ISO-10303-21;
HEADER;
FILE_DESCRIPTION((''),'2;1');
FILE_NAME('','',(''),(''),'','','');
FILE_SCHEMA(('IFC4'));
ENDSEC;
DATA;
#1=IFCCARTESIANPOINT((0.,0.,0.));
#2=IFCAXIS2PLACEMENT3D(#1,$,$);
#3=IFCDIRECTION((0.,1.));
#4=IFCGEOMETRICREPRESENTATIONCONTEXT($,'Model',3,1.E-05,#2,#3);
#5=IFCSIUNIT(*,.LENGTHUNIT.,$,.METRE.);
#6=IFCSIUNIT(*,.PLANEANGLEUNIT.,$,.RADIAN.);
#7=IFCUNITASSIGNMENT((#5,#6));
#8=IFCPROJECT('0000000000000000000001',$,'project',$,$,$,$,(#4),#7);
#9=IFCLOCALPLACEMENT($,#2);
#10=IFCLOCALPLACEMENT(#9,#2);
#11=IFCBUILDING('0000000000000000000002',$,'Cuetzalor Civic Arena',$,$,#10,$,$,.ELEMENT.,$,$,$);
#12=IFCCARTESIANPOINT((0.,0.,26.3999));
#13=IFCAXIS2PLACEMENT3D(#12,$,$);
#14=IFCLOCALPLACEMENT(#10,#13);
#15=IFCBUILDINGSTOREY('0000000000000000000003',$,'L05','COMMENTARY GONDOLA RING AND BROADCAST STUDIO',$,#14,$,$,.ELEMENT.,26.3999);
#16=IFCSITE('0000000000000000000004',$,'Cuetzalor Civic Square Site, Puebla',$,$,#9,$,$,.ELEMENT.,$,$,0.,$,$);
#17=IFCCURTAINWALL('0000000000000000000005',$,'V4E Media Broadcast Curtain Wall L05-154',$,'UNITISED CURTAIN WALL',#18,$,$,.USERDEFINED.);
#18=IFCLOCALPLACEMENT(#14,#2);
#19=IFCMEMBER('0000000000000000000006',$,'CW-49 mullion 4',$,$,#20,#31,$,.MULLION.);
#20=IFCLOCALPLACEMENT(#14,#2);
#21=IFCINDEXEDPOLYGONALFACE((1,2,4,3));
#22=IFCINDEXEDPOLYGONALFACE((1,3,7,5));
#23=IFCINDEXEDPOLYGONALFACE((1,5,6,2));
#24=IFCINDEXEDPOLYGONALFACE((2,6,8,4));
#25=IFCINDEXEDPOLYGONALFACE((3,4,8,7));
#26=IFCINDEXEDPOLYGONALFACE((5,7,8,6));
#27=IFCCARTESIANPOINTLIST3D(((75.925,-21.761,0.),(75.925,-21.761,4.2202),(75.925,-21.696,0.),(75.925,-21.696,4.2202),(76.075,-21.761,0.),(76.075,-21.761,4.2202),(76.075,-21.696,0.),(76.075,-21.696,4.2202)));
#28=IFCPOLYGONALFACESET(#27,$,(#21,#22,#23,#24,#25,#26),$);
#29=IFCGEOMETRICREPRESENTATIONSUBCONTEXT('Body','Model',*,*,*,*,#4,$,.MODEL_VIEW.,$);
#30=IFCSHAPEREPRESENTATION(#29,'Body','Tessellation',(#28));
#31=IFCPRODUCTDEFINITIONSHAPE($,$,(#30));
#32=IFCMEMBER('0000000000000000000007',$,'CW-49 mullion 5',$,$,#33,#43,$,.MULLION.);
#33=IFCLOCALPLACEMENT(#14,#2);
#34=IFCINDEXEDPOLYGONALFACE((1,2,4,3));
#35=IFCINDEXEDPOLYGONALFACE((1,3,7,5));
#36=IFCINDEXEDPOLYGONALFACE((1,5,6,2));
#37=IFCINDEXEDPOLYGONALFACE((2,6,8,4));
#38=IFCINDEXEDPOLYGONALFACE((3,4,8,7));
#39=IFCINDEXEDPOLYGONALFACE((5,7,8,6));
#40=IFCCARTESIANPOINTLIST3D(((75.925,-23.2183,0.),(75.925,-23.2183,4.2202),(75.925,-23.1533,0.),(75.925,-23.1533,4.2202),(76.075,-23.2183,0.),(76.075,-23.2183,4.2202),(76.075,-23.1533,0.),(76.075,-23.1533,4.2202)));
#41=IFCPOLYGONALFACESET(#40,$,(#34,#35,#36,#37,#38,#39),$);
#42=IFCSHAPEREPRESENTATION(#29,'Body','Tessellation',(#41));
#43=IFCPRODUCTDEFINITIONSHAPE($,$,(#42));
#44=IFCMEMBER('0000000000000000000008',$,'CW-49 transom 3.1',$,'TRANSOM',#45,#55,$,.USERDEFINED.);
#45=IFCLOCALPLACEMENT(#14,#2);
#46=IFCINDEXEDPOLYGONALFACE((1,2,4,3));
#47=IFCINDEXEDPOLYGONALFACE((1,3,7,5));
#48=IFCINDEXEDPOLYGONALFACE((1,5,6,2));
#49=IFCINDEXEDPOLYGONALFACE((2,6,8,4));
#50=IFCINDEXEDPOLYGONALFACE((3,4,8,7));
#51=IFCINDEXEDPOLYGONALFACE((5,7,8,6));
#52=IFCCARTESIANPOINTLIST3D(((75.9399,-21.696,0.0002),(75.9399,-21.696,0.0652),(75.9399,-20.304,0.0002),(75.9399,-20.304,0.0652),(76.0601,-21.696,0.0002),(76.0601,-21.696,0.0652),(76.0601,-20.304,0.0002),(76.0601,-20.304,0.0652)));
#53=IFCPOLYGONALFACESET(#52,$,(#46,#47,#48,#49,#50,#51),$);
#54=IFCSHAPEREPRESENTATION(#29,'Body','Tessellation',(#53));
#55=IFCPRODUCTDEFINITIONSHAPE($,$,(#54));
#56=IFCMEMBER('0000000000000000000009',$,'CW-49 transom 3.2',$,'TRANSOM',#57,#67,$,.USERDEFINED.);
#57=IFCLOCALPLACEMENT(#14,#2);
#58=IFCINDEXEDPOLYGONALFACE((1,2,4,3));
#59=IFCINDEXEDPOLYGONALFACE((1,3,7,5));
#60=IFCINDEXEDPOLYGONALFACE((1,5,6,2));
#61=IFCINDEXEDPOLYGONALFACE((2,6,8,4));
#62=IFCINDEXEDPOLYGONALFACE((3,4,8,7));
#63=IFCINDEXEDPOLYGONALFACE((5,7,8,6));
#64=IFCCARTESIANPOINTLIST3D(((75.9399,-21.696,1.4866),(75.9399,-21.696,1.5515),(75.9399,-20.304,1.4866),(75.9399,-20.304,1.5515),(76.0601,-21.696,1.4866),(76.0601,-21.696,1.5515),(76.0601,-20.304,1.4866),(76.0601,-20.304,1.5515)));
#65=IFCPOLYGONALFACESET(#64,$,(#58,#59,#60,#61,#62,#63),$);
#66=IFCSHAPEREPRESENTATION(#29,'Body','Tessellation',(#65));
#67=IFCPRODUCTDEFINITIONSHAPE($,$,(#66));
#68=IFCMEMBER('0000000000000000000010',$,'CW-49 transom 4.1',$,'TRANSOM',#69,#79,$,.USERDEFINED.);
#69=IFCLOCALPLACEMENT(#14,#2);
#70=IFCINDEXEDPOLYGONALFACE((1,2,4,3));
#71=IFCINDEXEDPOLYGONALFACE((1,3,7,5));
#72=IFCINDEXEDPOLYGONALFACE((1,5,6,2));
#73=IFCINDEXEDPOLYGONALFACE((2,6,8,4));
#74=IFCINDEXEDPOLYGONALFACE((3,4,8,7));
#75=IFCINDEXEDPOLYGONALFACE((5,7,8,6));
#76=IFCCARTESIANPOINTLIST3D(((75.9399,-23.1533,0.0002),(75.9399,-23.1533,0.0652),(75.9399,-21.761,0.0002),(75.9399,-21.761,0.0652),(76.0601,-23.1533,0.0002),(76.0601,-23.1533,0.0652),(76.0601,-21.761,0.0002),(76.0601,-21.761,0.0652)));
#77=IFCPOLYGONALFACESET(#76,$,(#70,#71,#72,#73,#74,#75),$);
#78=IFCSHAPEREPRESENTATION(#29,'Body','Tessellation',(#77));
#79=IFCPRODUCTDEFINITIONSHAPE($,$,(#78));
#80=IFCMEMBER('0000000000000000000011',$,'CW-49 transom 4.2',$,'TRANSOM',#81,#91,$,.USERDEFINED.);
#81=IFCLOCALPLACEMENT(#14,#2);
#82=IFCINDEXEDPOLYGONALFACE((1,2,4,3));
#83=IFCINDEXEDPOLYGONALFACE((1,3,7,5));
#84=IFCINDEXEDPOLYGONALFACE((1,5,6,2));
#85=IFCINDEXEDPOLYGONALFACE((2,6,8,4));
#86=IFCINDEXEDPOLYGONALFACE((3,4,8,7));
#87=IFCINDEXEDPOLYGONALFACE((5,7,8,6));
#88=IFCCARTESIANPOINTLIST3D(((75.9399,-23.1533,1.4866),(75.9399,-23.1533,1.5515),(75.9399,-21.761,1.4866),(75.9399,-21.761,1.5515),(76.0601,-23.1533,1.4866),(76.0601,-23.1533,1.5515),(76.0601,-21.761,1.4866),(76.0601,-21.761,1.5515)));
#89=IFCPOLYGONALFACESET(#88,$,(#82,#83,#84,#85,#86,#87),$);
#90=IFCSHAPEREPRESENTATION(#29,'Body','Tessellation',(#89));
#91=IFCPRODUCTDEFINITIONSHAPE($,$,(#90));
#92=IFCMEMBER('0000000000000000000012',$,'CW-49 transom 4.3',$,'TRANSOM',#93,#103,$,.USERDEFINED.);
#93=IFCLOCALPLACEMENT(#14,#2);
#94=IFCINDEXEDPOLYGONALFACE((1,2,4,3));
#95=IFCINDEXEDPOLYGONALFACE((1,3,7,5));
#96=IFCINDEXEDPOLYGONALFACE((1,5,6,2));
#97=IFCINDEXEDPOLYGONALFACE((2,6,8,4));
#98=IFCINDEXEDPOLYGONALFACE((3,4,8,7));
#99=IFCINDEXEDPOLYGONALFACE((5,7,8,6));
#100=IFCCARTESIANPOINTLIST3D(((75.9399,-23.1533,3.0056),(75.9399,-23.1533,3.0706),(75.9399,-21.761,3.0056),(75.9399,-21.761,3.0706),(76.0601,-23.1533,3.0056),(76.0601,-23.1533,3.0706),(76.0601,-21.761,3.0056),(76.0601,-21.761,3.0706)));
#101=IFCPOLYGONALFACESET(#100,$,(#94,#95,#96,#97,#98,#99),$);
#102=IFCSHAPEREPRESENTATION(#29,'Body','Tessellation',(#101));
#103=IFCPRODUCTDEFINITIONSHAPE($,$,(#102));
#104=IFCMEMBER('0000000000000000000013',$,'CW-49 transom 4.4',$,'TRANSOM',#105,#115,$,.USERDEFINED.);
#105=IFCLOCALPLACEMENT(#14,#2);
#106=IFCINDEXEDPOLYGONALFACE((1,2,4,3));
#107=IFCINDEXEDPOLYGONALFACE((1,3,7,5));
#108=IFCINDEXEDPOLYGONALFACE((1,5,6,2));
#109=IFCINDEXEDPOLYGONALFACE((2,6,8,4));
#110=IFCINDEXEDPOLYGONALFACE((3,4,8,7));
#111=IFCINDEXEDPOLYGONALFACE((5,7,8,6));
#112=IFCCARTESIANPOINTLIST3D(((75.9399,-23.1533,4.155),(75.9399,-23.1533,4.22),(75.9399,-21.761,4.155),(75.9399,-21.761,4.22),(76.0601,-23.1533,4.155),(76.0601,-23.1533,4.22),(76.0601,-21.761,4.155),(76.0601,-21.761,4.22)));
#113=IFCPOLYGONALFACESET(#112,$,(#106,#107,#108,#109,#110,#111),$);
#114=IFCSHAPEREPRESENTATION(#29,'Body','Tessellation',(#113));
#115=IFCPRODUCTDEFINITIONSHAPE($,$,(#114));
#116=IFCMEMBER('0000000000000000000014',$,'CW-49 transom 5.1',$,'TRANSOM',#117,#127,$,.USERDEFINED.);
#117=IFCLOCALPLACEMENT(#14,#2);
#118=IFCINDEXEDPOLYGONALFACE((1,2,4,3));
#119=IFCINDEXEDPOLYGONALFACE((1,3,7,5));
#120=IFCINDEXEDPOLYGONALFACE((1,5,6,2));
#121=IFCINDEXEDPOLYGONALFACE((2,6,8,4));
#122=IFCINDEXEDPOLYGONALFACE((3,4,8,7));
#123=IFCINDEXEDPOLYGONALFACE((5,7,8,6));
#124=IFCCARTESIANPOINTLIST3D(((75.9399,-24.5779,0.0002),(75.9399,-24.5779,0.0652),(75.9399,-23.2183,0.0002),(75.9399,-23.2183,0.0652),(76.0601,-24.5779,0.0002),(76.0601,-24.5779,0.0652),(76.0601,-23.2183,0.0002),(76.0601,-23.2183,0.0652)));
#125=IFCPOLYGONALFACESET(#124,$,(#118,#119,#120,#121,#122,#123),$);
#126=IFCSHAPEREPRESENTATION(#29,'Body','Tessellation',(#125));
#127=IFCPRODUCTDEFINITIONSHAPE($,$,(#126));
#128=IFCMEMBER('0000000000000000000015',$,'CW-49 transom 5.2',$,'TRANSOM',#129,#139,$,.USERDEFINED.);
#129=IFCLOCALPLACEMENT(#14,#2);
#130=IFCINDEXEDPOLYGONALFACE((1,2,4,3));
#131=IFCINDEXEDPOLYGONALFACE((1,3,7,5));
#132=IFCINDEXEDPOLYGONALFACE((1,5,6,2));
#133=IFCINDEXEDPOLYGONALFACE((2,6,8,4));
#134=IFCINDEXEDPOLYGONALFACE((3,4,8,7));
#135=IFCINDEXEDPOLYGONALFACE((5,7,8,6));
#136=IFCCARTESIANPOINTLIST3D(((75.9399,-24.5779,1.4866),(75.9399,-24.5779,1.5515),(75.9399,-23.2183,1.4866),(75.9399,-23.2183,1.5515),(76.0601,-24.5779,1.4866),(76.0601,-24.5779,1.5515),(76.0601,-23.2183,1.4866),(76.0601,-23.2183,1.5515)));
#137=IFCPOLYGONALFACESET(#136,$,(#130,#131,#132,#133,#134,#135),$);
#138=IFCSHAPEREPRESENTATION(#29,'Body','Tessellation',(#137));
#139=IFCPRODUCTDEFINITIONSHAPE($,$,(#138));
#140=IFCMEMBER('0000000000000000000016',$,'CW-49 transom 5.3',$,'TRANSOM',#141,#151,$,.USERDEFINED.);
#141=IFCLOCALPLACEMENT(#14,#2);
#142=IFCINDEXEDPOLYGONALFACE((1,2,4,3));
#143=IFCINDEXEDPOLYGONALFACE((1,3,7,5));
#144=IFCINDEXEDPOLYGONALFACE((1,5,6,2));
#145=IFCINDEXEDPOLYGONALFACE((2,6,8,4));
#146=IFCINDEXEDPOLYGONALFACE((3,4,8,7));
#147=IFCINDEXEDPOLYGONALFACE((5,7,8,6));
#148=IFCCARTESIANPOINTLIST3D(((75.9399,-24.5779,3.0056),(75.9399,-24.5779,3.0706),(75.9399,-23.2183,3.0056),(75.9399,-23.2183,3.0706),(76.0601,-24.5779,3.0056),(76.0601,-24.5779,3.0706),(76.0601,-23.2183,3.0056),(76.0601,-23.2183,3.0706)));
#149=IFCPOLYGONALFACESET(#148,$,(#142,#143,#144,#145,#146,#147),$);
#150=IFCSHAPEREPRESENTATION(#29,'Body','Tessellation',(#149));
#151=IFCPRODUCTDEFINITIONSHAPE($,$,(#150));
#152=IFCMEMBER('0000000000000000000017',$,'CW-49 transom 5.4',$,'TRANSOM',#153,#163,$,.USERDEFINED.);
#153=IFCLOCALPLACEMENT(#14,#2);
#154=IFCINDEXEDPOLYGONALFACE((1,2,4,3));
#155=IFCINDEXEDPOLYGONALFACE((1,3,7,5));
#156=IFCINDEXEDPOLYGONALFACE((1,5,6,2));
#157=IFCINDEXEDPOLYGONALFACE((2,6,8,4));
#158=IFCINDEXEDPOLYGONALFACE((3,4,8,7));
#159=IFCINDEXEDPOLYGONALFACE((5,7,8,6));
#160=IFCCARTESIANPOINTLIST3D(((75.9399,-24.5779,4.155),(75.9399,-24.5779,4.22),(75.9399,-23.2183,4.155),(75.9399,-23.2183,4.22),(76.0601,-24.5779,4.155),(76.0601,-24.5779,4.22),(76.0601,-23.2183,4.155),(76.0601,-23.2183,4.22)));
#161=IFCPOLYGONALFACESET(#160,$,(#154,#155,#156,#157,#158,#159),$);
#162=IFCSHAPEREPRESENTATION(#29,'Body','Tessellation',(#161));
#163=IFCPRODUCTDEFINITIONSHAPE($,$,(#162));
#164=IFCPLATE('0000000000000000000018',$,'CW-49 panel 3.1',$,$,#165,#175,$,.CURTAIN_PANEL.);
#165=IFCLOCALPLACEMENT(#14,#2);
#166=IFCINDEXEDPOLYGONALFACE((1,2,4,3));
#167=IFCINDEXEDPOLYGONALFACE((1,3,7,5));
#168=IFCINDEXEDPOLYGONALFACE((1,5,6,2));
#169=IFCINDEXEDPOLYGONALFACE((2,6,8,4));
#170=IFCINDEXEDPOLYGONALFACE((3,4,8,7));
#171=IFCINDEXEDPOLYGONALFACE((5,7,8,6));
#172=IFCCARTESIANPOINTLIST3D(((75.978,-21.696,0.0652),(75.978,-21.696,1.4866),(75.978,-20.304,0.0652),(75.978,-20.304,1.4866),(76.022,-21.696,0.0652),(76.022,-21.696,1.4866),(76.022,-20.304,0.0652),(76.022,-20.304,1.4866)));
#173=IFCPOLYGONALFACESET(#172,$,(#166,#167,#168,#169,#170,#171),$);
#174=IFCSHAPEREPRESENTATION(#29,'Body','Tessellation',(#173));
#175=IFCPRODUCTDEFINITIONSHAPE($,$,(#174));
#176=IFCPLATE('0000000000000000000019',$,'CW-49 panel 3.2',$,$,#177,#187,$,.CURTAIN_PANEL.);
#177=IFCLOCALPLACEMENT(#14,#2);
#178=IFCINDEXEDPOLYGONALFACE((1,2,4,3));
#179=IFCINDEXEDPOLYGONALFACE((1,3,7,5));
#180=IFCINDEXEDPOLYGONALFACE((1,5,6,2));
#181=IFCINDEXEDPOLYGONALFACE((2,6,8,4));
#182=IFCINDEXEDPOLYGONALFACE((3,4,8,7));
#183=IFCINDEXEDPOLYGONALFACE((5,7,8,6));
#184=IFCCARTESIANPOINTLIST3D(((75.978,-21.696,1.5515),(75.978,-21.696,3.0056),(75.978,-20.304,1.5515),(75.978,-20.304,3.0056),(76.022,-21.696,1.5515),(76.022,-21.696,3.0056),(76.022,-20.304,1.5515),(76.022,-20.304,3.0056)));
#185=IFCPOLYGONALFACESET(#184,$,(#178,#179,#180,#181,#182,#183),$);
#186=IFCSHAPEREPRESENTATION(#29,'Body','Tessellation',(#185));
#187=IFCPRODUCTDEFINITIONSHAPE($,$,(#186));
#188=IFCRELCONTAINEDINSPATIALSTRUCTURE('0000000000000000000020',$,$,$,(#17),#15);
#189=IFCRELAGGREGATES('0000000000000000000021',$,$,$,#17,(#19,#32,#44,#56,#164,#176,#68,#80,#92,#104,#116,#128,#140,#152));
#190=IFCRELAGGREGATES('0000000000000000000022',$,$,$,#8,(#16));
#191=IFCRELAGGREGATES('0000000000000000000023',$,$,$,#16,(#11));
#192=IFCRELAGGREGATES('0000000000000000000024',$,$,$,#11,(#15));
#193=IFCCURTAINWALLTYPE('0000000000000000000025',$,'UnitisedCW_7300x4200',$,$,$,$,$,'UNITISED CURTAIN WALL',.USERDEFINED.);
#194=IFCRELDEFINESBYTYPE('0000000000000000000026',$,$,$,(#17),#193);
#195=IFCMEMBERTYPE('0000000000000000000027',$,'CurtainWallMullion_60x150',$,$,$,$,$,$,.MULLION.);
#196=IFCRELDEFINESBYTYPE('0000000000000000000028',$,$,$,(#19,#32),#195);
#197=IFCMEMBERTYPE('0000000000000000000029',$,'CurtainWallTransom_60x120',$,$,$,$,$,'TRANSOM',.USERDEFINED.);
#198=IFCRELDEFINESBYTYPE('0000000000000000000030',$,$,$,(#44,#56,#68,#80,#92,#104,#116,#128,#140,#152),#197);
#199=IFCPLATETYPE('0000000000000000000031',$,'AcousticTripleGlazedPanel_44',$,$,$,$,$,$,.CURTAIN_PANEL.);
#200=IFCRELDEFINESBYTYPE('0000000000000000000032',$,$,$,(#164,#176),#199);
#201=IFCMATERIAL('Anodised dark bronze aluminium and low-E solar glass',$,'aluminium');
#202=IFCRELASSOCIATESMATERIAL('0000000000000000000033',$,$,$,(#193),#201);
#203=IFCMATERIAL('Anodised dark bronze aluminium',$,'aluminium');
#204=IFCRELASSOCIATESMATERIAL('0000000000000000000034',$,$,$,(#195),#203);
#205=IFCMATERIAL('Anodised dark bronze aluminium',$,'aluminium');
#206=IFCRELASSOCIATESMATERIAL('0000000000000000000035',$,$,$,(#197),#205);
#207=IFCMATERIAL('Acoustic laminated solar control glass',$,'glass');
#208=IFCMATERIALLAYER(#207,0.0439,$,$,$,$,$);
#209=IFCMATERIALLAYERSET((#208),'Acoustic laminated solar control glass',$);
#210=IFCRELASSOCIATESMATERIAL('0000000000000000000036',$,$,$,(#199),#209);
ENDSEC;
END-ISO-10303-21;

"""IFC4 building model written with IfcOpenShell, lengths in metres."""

from ifc_helpers import new_model, si_unit, direction, frame, origin, origin_2d, place, context, subcontext, project, spatial, rectangle, extrude, material, layer, layer_set, material_profile, profile_set, type_object, element, aggregate, save


model = new_model("IFC4")

# Units and contexts
model_context = context("Model", 3, precision=1e-05, world=origin(), true_north=direction((0.0, 1.0)))
body_context = subcontext(model_context, "Body", "Model", "MODEL_VIEW")
ifc_project = project(units=[si_unit("LENGTHUNIT", "METRE"), si_unit("PLANEANGLEUNIT", "RADIAN")], contexts=[model_context])

# Site, building, storey
site_placement = place(None, origin())
site = spatial("IfcSite", under=ifc_project, at=site_placement, Name="Cuetzalor Civic Square Site, Puebla", CompositionType="ELEMENT", RefElevation=0.0)
building_placement = place(site_placement, origin())
building = spatial("IfcBuilding", under=site, at=building_placement, Name="Cuetzalor Civic Arena", CompositionType="ELEMENT")
storey_placement = place(building_placement, frame((0.0, 0.0, 26.3999)))
storey = spatial("IfcBuildingStorey", under=building, at=storey_placement, Name="L05", Description="COMMENTARY GONDOLA RING AND BROADCAST STUDIO", CompositionType="ELEMENT", Elevation=26.3999)

# Curtain wall, members, plates
ifc_material_1 = material(Name="Anodised dark bronze aluminium and low-E solar glass", Category="aluminium")
curtain_wall_type = type_object("IfcCurtainWallType", Name="UnitisedCW_7300x4200", ElementType="UNITISED CURTAIN WALL", PredefinedType="USERDEFINED", material=ifc_material_1)
curtain_wall_placement = place(storey_placement, origin())
curtain_wall = element("IfcCurtainWall", 1, at=curtain_wall_placement, inside=storey, type_object=curtain_wall_type, Name="V4E Media Broadcast Curtain Wall L05-154", ObjectType="UNITISED CURTAIN WALL", PredefinedType="USERDEFINED")
ifc_material_2 = material(Name="Anodised dark bronze aluminium", Category="aluminium")
ifc_material_profile_1 = material_profile(ifc_material_2, rectangle(XDim=0.0649, YDim=0.1499, at=origin_2d()), Name="ALU MULLION 65x150")
ifc_profile_set_1 = profile_set([ifc_material_profile_1], Name="Anodised dark bronze aluminium")
member_type_1 = type_object("IfcMemberType", Name="CurtainWallMullion_60x150", PredefinedType="MULLION", material=ifc_profile_set_1)
member_1_placement = place(storey_placement, frame((76.0, -21.7285, 0.0), z_axis=(0.0, 0.0, 1.0), x_axis=(0.0, -1.0, 0.0)))
member_1 = element("IfcMember", 2, at=member_1_placement, type_object=member_type_1, Name="CW-49 mullion 4", PredefinedType="MULLION", context=body_context, shape_type="SweptSolid", body=[
    extrude(rectangle(XDim=0.0649, YDim=0.1499, at=origin_2d()), origin(), (0.0, 0.0, 1.0), 4.2202),
])
member_2_placement = place(storey_placement, frame((76.0, -23.1858, 0.0), z_axis=(0.0, 0.0, 1.0), x_axis=(0.0, -1.0, 0.0)))
member_2 = element("IfcMember", 3, at=member_2_placement, type_object=member_type_1, Name="CW-49 mullion 5", PredefinedType="MULLION", context=body_context, shape_type="SweptSolid", body=[
    extrude(rectangle(XDim=0.0649, YDim=0.1499, at=origin_2d()), origin(), (0.0, 0.0, 1.0), 4.2202),
])
ifc_material_3 = material(Name="Anodised dark bronze aluminium", Category="aluminium")
ifc_material_profile_2 = material_profile(ifc_material_3, rectangle(XDim=0.1201, YDim=0.0649, at=origin_2d()), Name="ALU TRANSOM 65x120")
ifc_profile_set_2 = profile_set([ifc_material_profile_2], Name="Anodised dark bronze aluminium")
member_type_2 = type_object("IfcMemberType", Name="CurtainWallTransom_60x120", ElementType="TRANSOM", PredefinedType="USERDEFINED", material=ifc_profile_set_2)
member_3_placement = place(storey_placement, frame((76.0, -20.304, 0.0327), z_axis=(0.0, -1.0, 0.0), x_axis=(1.0, 0.0, 0.0)))
member_3 = element("IfcMember", 4, at=member_3_placement, type_object=member_type_2, Name="CW-49 transom 3.1", ObjectType="TRANSOM", PredefinedType="USERDEFINED", context=body_context, shape_type="SweptSolid", body=[
    extrude(rectangle(XDim=0.1201, YDim=0.0649, at=origin_2d()), origin(), (0.0, 0.0, 1.0), 1.3921),
])
member_4_placement = place(storey_placement, frame((76.0, -20.304, 1.519), z_axis=(0.0, -1.0, 0.0), x_axis=(1.0, 0.0, 0.0)))
member_4 = element("IfcMember", 5, at=member_4_placement, type_object=member_type_2, Name="CW-49 transom 3.2", ObjectType="TRANSOM", PredefinedType="USERDEFINED", context=body_context, shape_type="SweptSolid", body=[
    extrude(rectangle(XDim=0.1201, YDim=0.0649, at=origin_2d()), origin(), (0.0, 0.0, 1.0), 1.3921),
])
member_5_placement = place(storey_placement, frame((76.0, -21.761, 0.0327), z_axis=(0.0, -1.0, 0.0), x_axis=(1.0, 0.0, 0.0)))
member_5 = element("IfcMember", 6, at=member_5_placement, type_object=member_type_2, Name="CW-49 transom 4.1", ObjectType="TRANSOM", PredefinedType="USERDEFINED", context=body_context, shape_type="SweptSolid", body=[
    extrude(rectangle(XDim=0.1201, YDim=0.0649, at=origin_2d()), origin(), (0.0, 0.0, 1.0), 1.3923),
])
member_6_placement = place(storey_placement, frame((76.0, -21.761, 1.519), z_axis=(0.0, -1.0, 0.0), x_axis=(1.0, 0.0, 0.0)))
member_6 = element("IfcMember", 7, at=member_6_placement, type_object=member_type_2, Name="CW-49 transom 4.2", ObjectType="TRANSOM", PredefinedType="USERDEFINED", context=body_context, shape_type="SweptSolid", body=[
    extrude(rectangle(XDim=0.1201, YDim=0.0649, at=origin_2d()), origin(), (0.0, 0.0, 1.0), 1.3923),
])
member_7_placement = place(storey_placement, frame((76.0, -21.761, 3.0381), z_axis=(0.0, -1.0, 0.0), x_axis=(1.0, 0.0, 0.0)))
member_7 = element("IfcMember", 8, at=member_7_placement, type_object=member_type_2, Name="CW-49 transom 4.3", ObjectType="TRANSOM", PredefinedType="USERDEFINED", context=body_context, shape_type="SweptSolid", body=[
    extrude(rectangle(XDim=0.1201, YDim=0.0649, at=origin_2d()), origin(), (0.0, 0.0, 1.0), 1.3923),
])
member_8_placement = place(storey_placement, frame((76.0, -21.761, 4.1875), z_axis=(0.0, -1.0, 0.0), x_axis=(1.0, 0.0, 0.0)))
member_8 = element("IfcMember", 9, at=member_8_placement, type_object=member_type_2, Name="CW-49 transom 4.4", ObjectType="TRANSOM", PredefinedType="USERDEFINED", context=body_context, shape_type="SweptSolid", body=[
    extrude(rectangle(XDim=0.1201, YDim=0.0649, at=origin_2d()), origin(), (0.0, 0.0, 1.0), 1.3923),
])
member_9_placement = place(storey_placement, frame((76.0, -23.2183, 0.0327), z_axis=(0.0, -1.0, 0.0), x_axis=(1.0, 0.0, 0.0)))
member_9 = element("IfcMember", 10, at=member_9_placement, type_object=member_type_2, Name="CW-49 transom 5.1", ObjectType="TRANSOM", PredefinedType="USERDEFINED", context=body_context, shape_type="SweptSolid", body=[
    extrude(rectangle(XDim=0.1201, YDim=0.0649, at=origin_2d()), origin(), (0.0, 0.0, 1.0), 1.3596),
])
member_10_placement = place(storey_placement, frame((76.0, -23.2183, 1.519), z_axis=(0.0, -1.0, 0.0), x_axis=(1.0, 0.0, 0.0)))
member_10 = element("IfcMember", 11, at=member_10_placement, type_object=member_type_2, Name="CW-49 transom 5.2", ObjectType="TRANSOM", PredefinedType="USERDEFINED", context=body_context, shape_type="SweptSolid", body=[
    extrude(rectangle(XDim=0.1201, YDim=0.0649, at=origin_2d()), origin(), (0.0, 0.0, 1.0), 1.3596),
])
member_11_placement = place(storey_placement, frame((76.0, -23.2183, 3.0381), z_axis=(0.0, -1.0, 0.0), x_axis=(1.0, 0.0, 0.0)))
member_11 = element("IfcMember", 12, at=member_11_placement, type_object=member_type_2, Name="CW-49 transom 5.3", ObjectType="TRANSOM", PredefinedType="USERDEFINED", context=body_context, shape_type="SweptSolid", body=[
    extrude(rectangle(XDim=0.1201, YDim=0.0649, at=origin_2d()), origin(), (0.0, 0.0, 1.0), 1.3596),
])
member_12_placement = place(storey_placement, frame((76.0, -23.2183, 4.1875), z_axis=(0.0, -1.0, 0.0), x_axis=(1.0, 0.0, 0.0)))
member_12 = element("IfcMember", 13, at=member_12_placement, type_object=member_type_2, Name="CW-49 transom 5.4", ObjectType="TRANSOM", PredefinedType="USERDEFINED", context=body_context, shape_type="SweptSolid", body=[
    extrude(rectangle(XDim=0.1201, YDim=0.0649, at=origin_2d()), origin(), (0.0, 0.0, 1.0), 1.3596),
])
ifc_material_4 = material(Name="Acoustic laminated solar control glass", Category="glass")
ifc_layer = layer(ifc_material_4, 0.0439)
ifc_layer_set = layer_set([ifc_layer], Name="Acoustic laminated solar control glass")
plate_type = type_object("IfcPlateType", Name="AcousticTripleGlazedPanel_44", PredefinedType="CURTAIN_PANEL", material=ifc_layer_set)
plate_1_placement = place(storey_placement, frame((76.0, -21.0, 0.0652), z_axis=(0.0, 0.0, 1.0), x_axis=(0.0, -1.0, 0.0)))
plate_1 = element("IfcPlate", 14, at=plate_1_placement, type_object=plate_type, Name="CW-49 panel 3.1", PredefinedType="CURTAIN_PANEL", context=body_context, shape_type="SweptSolid", body=[
    extrude(rectangle(XDim=1.3921, YDim=0.0439, at=origin_2d()), origin(), (0.0, 0.0, 1.0), 1.4214),
])
plate_2_placement = place(storey_placement, frame((76.0, -21.0, 1.5515), z_axis=(0.0, 0.0, 1.0), x_axis=(0.0, -1.0, 0.0)))
plate_2 = element("IfcPlate", 15, at=plate_2_placement, type_object=plate_type, Name="CW-49 panel 3.2", PredefinedType="CURTAIN_PANEL", context=body_context, shape_type="SweptSolid", body=[
    extrude(rectangle(XDim=1.3921, YDim=0.0439, at=origin_2d()), origin(), (0.0, 0.0, 1.0), 1.4541),
])
aggregate(curtain_wall, [member_1, member_2, member_3, member_4, plate_1, plate_2, member_5, member_6, member_7, member_8, member_9, member_10, member_11, member_12])

save(model, "model.ifc")
